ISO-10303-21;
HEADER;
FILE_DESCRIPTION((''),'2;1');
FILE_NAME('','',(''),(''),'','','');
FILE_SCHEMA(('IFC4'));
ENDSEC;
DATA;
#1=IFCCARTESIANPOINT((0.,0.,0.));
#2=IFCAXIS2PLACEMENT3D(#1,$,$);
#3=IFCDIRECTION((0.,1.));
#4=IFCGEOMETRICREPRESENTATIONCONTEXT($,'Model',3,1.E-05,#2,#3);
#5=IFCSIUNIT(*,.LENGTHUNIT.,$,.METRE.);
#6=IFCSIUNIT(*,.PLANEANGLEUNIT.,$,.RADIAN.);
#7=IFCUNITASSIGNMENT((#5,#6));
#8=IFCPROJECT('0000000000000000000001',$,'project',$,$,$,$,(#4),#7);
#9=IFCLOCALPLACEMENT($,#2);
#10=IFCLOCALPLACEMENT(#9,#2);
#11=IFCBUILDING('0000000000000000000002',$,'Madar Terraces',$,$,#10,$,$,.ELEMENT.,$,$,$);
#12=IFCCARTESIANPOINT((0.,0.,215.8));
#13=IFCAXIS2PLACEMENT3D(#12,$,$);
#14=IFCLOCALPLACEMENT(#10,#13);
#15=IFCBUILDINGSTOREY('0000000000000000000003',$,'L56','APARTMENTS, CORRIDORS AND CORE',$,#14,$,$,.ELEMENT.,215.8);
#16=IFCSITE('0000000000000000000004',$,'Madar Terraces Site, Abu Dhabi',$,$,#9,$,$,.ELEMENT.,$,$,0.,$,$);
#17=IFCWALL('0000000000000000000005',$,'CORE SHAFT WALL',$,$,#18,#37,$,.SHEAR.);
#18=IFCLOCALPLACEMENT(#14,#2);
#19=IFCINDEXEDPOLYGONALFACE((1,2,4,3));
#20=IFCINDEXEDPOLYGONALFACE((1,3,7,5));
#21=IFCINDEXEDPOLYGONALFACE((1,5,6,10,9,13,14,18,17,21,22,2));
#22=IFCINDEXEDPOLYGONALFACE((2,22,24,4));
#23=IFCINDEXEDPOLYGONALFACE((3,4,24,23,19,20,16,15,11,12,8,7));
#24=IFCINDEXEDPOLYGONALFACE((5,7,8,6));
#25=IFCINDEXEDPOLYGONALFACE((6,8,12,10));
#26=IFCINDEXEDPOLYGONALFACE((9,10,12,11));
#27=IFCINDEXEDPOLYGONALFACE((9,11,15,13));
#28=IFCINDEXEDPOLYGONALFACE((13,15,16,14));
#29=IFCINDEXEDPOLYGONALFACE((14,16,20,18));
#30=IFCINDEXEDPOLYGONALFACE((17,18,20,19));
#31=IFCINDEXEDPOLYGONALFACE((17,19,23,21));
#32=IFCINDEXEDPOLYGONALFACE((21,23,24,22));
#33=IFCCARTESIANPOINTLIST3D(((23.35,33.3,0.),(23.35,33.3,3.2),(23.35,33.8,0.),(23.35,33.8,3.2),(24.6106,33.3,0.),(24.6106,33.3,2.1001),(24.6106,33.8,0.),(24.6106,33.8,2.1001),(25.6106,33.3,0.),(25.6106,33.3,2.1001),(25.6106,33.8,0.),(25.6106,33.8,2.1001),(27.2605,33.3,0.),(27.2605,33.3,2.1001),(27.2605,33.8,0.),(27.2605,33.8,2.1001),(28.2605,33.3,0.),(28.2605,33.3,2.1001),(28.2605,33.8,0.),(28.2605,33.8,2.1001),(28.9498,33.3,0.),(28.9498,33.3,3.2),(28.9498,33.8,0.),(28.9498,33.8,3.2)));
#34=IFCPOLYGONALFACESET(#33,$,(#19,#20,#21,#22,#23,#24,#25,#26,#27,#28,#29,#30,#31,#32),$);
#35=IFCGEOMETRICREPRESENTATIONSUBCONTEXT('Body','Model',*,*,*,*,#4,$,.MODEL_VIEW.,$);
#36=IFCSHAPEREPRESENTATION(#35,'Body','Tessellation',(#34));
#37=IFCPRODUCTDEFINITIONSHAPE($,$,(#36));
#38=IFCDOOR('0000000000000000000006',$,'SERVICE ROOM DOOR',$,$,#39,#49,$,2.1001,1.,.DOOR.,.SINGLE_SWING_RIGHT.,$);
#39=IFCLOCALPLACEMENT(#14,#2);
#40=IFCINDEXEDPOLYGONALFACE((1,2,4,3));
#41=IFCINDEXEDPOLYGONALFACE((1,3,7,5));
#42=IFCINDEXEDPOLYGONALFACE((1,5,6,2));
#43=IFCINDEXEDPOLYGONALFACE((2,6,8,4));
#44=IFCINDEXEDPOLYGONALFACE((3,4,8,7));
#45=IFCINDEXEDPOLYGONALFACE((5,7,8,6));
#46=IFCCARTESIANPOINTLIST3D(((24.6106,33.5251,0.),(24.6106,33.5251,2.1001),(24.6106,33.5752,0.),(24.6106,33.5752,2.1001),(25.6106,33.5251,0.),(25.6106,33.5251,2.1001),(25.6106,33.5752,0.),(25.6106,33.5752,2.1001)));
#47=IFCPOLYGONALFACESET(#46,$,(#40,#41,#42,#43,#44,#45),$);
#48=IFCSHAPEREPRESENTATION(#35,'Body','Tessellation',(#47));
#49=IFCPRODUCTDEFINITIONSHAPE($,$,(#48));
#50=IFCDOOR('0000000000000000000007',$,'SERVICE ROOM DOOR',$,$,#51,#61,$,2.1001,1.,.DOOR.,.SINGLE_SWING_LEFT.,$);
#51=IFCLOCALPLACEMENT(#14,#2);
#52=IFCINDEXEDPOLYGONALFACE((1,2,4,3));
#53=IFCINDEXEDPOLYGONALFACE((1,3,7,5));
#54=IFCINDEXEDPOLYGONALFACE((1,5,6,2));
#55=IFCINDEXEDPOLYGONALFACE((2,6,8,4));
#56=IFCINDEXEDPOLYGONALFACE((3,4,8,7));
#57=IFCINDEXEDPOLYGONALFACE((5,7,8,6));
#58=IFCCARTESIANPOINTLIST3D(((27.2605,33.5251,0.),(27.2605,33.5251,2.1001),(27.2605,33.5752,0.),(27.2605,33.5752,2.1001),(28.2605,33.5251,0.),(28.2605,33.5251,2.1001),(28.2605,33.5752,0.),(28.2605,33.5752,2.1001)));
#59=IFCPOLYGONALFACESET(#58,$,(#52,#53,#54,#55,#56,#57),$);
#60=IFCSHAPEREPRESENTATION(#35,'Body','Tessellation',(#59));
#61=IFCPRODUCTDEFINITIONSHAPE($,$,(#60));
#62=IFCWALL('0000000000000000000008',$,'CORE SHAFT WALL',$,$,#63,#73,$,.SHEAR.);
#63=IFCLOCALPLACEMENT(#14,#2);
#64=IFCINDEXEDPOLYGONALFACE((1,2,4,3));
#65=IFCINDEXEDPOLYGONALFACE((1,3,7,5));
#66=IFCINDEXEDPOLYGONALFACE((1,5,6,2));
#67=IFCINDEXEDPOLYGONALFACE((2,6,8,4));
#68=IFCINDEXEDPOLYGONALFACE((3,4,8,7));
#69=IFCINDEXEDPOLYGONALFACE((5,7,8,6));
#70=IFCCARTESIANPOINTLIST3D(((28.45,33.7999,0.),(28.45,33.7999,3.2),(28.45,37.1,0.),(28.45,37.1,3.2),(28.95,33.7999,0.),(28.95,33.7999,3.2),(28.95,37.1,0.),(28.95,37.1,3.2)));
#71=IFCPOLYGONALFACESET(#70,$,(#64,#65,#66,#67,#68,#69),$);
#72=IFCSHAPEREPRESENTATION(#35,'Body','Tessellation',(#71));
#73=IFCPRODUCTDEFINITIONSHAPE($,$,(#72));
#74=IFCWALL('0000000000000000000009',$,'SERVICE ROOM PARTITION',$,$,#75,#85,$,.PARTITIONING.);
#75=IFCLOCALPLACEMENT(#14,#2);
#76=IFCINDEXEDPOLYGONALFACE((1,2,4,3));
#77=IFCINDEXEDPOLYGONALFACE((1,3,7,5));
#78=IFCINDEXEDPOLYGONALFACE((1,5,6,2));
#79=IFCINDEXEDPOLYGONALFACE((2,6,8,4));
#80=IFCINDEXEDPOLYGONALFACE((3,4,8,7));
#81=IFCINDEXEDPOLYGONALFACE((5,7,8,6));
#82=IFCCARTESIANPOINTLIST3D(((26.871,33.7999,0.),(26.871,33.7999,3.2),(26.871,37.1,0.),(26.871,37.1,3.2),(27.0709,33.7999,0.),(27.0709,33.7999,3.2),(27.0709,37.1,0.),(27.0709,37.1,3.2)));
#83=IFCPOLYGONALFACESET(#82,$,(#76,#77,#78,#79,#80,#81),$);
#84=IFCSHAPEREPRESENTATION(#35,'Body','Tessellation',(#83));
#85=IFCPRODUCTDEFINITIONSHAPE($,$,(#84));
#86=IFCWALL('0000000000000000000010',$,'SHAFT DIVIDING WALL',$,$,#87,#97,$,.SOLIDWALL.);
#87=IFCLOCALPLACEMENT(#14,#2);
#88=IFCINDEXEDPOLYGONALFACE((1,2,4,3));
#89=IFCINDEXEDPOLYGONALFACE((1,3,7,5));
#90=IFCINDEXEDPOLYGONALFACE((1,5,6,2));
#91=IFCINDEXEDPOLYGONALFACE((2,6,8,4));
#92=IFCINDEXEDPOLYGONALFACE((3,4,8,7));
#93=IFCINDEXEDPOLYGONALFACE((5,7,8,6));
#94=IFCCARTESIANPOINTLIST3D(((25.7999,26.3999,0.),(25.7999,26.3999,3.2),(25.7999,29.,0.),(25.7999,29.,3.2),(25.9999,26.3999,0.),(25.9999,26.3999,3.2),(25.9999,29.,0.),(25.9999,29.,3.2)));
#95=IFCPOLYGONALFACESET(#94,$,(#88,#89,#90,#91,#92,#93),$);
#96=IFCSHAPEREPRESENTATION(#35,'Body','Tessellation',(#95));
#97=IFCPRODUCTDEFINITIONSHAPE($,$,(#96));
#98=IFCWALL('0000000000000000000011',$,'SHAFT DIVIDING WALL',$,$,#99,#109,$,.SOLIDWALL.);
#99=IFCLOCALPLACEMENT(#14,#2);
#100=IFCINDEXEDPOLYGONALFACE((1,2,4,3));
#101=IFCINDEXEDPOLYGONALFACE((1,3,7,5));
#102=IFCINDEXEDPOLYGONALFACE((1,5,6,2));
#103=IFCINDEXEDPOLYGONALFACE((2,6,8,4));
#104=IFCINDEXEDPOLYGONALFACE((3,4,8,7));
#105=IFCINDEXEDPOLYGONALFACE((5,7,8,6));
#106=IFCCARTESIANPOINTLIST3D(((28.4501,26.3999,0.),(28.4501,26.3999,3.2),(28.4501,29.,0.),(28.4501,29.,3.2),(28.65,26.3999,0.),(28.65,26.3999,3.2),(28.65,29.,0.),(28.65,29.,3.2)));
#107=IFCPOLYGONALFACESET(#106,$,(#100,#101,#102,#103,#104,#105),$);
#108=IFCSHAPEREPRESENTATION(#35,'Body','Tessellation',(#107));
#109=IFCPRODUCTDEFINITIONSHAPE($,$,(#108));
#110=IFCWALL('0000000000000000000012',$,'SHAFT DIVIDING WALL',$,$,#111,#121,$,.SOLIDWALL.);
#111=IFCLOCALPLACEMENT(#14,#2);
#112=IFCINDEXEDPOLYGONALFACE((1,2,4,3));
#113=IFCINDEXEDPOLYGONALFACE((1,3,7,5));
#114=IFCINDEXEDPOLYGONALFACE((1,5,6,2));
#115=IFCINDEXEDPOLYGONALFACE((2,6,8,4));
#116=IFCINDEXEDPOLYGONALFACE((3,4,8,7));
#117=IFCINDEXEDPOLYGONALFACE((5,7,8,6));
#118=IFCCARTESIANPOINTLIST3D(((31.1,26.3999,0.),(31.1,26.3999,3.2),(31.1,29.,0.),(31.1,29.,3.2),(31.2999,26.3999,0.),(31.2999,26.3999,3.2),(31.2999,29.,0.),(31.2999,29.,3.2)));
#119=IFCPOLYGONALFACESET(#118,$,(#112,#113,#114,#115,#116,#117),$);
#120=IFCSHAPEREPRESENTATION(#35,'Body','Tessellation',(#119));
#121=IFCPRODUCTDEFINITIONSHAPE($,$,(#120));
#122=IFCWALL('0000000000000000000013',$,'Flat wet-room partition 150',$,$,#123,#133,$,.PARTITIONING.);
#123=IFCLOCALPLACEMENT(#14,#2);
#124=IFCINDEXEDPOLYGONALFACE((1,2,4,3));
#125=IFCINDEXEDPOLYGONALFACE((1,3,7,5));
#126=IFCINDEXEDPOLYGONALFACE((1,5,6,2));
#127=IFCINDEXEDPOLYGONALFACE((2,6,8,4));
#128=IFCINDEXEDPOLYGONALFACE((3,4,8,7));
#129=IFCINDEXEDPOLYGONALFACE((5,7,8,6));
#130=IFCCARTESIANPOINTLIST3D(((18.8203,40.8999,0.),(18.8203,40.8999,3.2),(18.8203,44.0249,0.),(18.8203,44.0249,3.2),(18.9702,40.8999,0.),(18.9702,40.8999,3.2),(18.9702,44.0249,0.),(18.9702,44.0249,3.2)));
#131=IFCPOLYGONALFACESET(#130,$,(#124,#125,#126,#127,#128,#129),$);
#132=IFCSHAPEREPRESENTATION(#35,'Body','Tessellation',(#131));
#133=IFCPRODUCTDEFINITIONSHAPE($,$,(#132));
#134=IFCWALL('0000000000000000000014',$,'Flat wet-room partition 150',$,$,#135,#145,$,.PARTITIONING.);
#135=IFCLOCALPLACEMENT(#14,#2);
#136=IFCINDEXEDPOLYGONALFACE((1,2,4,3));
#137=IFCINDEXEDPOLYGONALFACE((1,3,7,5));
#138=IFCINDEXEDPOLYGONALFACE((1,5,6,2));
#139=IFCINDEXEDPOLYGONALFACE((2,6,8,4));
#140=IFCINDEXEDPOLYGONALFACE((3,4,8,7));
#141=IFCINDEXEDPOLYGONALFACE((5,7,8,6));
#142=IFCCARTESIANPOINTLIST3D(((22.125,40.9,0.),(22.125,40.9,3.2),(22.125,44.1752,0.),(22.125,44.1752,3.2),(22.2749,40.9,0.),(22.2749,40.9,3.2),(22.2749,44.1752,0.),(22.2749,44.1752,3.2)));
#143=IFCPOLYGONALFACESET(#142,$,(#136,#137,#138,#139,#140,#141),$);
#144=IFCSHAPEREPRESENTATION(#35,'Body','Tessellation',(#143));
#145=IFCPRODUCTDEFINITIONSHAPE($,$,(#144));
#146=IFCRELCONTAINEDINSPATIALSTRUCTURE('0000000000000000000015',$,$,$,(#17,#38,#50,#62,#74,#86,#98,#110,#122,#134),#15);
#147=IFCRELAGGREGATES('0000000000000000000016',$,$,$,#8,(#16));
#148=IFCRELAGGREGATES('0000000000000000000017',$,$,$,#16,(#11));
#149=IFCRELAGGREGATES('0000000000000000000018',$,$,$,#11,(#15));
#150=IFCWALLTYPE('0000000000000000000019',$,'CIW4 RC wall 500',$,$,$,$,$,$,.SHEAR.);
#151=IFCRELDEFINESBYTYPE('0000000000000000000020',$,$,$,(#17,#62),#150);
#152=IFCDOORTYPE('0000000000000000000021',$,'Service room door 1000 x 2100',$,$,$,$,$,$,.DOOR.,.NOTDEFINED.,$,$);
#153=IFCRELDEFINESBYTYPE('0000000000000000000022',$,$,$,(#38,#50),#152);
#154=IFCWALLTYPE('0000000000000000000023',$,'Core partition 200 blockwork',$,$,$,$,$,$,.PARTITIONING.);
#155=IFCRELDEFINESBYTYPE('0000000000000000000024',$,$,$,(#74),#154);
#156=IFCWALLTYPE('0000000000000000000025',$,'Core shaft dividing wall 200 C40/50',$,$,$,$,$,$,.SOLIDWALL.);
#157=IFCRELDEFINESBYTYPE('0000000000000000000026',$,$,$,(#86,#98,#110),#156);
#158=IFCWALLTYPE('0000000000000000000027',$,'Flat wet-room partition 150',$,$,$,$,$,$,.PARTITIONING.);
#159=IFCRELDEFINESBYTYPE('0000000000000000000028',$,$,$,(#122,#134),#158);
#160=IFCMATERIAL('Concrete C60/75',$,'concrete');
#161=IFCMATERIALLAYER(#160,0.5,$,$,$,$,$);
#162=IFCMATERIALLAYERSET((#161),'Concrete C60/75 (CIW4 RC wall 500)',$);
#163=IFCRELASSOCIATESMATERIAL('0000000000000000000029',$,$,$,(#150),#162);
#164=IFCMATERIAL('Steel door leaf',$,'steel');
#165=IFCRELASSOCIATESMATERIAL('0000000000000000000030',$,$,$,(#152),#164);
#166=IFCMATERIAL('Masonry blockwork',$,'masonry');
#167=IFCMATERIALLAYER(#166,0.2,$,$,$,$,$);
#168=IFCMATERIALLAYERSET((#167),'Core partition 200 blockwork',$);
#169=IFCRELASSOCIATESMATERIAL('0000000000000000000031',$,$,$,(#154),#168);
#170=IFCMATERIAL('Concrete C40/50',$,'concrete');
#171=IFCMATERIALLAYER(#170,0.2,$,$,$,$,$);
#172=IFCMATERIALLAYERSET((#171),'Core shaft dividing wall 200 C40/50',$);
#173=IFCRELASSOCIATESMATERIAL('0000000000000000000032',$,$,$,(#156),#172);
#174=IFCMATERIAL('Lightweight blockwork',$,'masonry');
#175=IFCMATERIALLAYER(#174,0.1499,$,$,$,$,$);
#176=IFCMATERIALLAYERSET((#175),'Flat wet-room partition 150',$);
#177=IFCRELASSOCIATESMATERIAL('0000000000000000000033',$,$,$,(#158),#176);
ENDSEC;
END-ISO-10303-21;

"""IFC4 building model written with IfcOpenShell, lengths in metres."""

from ifc_helpers import new_model, si_unit, direction, frame, frame_2d, origin, place, context, subcontext, project, spatial, rectangle, extrude, material, layer, layer_set, type_object, element, fill, save


model = new_model("IFC4")

# Units and contexts
model_context = context("Model", 3, precision=1e-05, world=origin(), true_north=direction((0.0, 1.0)))
body_context = subcontext(model_context, "Body", "Model", "MODEL_VIEW")
ifc_project = project(units=[si_unit("LENGTHUNIT", "METRE"), si_unit("PLANEANGLEUNIT", "RADIAN")], contexts=[model_context])

# Site, building, storey
site_placement = place(None, origin())
site = spatial("IfcSite", under=ifc_project, at=site_placement, Name="Madar Terraces Site, Abu Dhabi", CompositionType="ELEMENT", RefElevation=0.0)
building_placement = place(site_placement, origin())
building = spatial("IfcBuilding", under=site, at=building_placement, Name="Madar Terraces", CompositionType="ELEMENT")
storey_placement = place(building_placement, frame((0.0, 0.0, 215.8)))
storey = spatial("IfcBuildingStorey", under=building, at=storey_placement, Name="L56", Description="APARTMENTS, CORRIDORS AND CORE", CompositionType="ELEMENT", Elevation=215.8)

# Shared definitions
ifc_material_1 = material(Name="Concrete C60/75", Category="concrete")
ifc_layer_1 = layer(ifc_material_1, 0.5)
ifc_layer_set_1 = layer_set([ifc_layer_1], Name="Concrete C60/75 (CIW4 RC wall 500)")
wall_type_1 = type_object("IfcWallType", Name="CIW4 RC wall 500", PredefinedType="SHEAR", material=ifc_layer_set_1)

# Wall, openings, doors
wall_1_placement = place(storey_placement, frame((23.3501, 33.55, 0.0), z_axis=(0.0, 0.0, 1.0), x_axis=(1.0, 0.0, 0.0)))
wall_1 = element("IfcWall", 1, at=wall_1_placement, inside=storey, type_object=wall_type_1, Name="CORE SHAFT WALL", PredefinedType="SHEAR", context=body_context, shape_type="SweptSolid", body=[
    extrude(rectangle(XDim=5.5999, YDim=0.5, at=frame_2d((2.7998, 0.0))), origin(), (0.0, 0.0, 1.0), 3.2),
])
opening_1_placement = place(wall_1_placement, frame((1.2605, 0.0, 0.0)))
opening_1 = element("IfcOpeningElement", 2, at=opening_1_placement, cuts=wall_1, PredefinedType="OPENING", context=body_context, shape_type="SweptSolid", body=[
    extrude(rectangle(XDim=1.0, YDim=2.1001, at=frame_2d((0.5, 1.05))), frame((0.0, 0.26, 0.0), z_axis=(0.0, -1.0, 0.0), x_axis=(1.0, 0.0, 0.0)), (0.0, 0.0, 1.0), 0.52),
])
opening_2_placement = place(wall_1_placement, frame((3.9104, 0.0, 0.0)))
opening_2 = element("IfcOpeningElement", 3, at=opening_2_placement, cuts=wall_1, PredefinedType="OPENING", context=body_context, shape_type="SweptSolid", body=[
    extrude(rectangle(XDim=1.0, YDim=2.1001, at=frame_2d((0.5, 1.05))), frame((0.0, 0.26, 0.0), z_axis=(0.0, -1.0, 0.0), x_axis=(1.0, 0.0, 0.0)), (0.0, 0.0, 1.0), 0.52),
])
ifc_material_2 = material(Name="Steel door leaf", Category="steel")
door_type_1 = type_object("IfcDoorType", Name="Service room door 1000 x 2100", OperationType="NOTDEFINED", PredefinedType="DOOR", material=ifc_material_2)
door_1_placement = place(opening_1_placement, frame((1.0, 0.0, 0.0), z_axis=(0.0, 0.0, 1.0), x_axis=(-1.0, 0.0, 0.0)))
door_1 = element("IfcDoor", 4, at=door_1_placement, inside=storey, type_object=door_type_1, Name="SERVICE ROOM DOOR", OperationType="SINGLE_SWING_RIGHT", OverallHeight=2.1001, OverallWidth=1.0, PredefinedType="DOOR", context=body_context, shape_type="SweptSolid", body=[
    extrude(rectangle(XDim=1.0, YDim=2.1001, at=frame_2d((0.5, 1.05))), frame((0.0, 0.0249, 0.0), z_axis=(0.0, -1.0, 0.0), x_axis=(1.0, 0.0, 0.0)), (0.0, 0.0, 1.0), 0.05),
])
fill(opening_1, door_1)
door_2_placement = place(opening_2_placement, frame((1.0, 0.0, 0.0), z_axis=(0.0, 0.0, 1.0), x_axis=(-1.0, 0.0, 0.0)))
door_2 = element("IfcDoor", 5, at=door_2_placement, inside=storey, type_object=door_type_1, Name="SERVICE ROOM DOOR", OperationType="SINGLE_SWING_LEFT", OverallHeight=2.1001, OverallWidth=1.0, PredefinedType="DOOR", context=body_context, shape_type="SweptSolid", body=[
    extrude(rectangle(XDim=1.0, YDim=2.1001, at=frame_2d((0.5, 1.05))), frame((0.0, 0.0249, 0.0), z_axis=(0.0, -1.0, 0.0), x_axis=(1.0, 0.0, 0.0)), (0.0, 0.0, 1.0), 0.05),
])
fill(opening_2, door_2)

# Walls
wall_2_placement = place(storey_placement, frame((28.7, 33.8, 0.0), z_axis=(0.0, 0.0, 1.0), x_axis=(0.0, 1.0, 0.0)))
element("IfcWall", 6, at=wall_2_placement, inside=storey, type_object=wall_type_1, Name="CORE SHAFT WALL", PredefinedType="SHEAR", context=body_context, shape_type="SweptSolid", body=[
    extrude(rectangle(XDim=3.3, YDim=0.5, at=frame_2d((1.6499, 0.0))), origin(), (0.0, 0.0, 1.0), 3.2),
])
ifc_material_3 = material(Name="Masonry blockwork", Category="masonry")
ifc_layer_2 = layer(ifc_material_3, 0.2)
ifc_layer_set_2 = layer_set([ifc_layer_2], Name="Core partition 200 blockwork")
wall_type_2 = type_object("IfcWallType", Name="Core partition 200 blockwork", PredefinedType="PARTITIONING", material=ifc_layer_set_2)
wall_3_placement = place(storey_placement, frame((26.9709, 33.8, 0.0), z_axis=(0.0, 0.0, 1.0), x_axis=(0.0, 1.0, 0.0)))
element("IfcWall", 7, at=wall_3_placement, inside=storey, type_object=wall_type_2, Name="SERVICE ROOM PARTITION", PredefinedType="PARTITIONING", context=body_context, shape_type="SweptSolid", body=[
    extrude(rectangle(XDim=3.3, YDim=0.2, at=frame_2d((1.6499, 0.0))), origin(), (0.0, 0.0, 1.0), 3.2),
])
ifc_material_4 = material(Name="Concrete C40/50", Category="concrete")
ifc_layer_3 = layer(ifc_material_4, 0.2)
ifc_layer_set_3 = layer_set([ifc_layer_3], Name="Core shaft dividing wall 200 C40/50")
wall_type_3 = type_object("IfcWallType", Name="Core shaft dividing wall 200 C40/50", PredefinedType="SOLIDWALL", material=ifc_layer_set_3)
for number, where, z_axis, x_axis, name in (
    (8, (25.8999, 26.3999, 0.0), (0.0, 0.0, 1.0), (0.0, 1.0, 0.0), "SHAFT DIVIDING WALL"),
    (9, (28.55, 26.3999, 0.0), (0.0, 0.0, 1.0), (0.0, 1.0, 0.0), "SHAFT DIVIDING WALL"),
    (10, (31.2, 26.3999, 0.0), (0.0, 0.0, 1.0), (0.0, 1.0, 0.0), "SHAFT DIVIDING WALL"),
):
    element("IfcWall", number, at=place(storey_placement, frame(where, z_axis=z_axis, x_axis=x_axis)), inside=storey, type_object=wall_type_3, Name=name, PredefinedType="SOLIDWALL", context=body_context, shape_type="SweptSolid", body=[
        extrude(rectangle(XDim=2.6001, YDim=0.2, at=frame_2d((1.3, 0.0))), origin(), (0.0, 0.0, 1.0), 3.2),
    ])
ifc_material_5 = material(Name="Lightweight blockwork", Category="masonry")
ifc_layer_4 = layer(ifc_material_5, 0.1499)
ifc_layer_set_4 = layer_set([ifc_layer_4], Name="Flat wet-room partition 150")
wall_type_4 = type_object("IfcWallType", Name="Flat wet-room partition 150", PredefinedType="PARTITIONING", material=ifc_layer_set_4)
wall_4_placement = place(storey_placement, frame((18.8953, 40.8999, 0.0), z_axis=(0.0, 0.0, 1.0), x_axis=(0.0, 1.0, 0.0)))
element("IfcWall", 11, at=wall_4_placement, inside=storey, type_object=wall_type_4, Name="Flat wet-room partition 150", PredefinedType="PARTITIONING", context=body_context, shape_type="SweptSolid", body=[
    extrude(rectangle(XDim=3.125, YDim=0.1499, at=frame_2d((1.5625, 0.0))), origin(), (0.0, 0.0, 1.0), 3.2),
])
wall_5_placement = place(storey_placement, frame((22.2, 40.8999, 0.0), z_axis=(0.0, 0.0, 1.0), x_axis=(0.0, 1.0, 0.0)))
element("IfcWall", 12, at=wall_5_placement, inside=storey, type_object=wall_type_4, Name="Flat wet-room partition 150", PredefinedType="PARTITIONING", context=body_context, shape_type="SweptSolid", body=[
    extrude(rectangle(XDim=3.2751, YDim=0.1499, at=frame_2d((1.6377, 0.0))), origin(), (0.0, 0.0, 1.0), 3.2),
])

save(model, "model.ifc")
